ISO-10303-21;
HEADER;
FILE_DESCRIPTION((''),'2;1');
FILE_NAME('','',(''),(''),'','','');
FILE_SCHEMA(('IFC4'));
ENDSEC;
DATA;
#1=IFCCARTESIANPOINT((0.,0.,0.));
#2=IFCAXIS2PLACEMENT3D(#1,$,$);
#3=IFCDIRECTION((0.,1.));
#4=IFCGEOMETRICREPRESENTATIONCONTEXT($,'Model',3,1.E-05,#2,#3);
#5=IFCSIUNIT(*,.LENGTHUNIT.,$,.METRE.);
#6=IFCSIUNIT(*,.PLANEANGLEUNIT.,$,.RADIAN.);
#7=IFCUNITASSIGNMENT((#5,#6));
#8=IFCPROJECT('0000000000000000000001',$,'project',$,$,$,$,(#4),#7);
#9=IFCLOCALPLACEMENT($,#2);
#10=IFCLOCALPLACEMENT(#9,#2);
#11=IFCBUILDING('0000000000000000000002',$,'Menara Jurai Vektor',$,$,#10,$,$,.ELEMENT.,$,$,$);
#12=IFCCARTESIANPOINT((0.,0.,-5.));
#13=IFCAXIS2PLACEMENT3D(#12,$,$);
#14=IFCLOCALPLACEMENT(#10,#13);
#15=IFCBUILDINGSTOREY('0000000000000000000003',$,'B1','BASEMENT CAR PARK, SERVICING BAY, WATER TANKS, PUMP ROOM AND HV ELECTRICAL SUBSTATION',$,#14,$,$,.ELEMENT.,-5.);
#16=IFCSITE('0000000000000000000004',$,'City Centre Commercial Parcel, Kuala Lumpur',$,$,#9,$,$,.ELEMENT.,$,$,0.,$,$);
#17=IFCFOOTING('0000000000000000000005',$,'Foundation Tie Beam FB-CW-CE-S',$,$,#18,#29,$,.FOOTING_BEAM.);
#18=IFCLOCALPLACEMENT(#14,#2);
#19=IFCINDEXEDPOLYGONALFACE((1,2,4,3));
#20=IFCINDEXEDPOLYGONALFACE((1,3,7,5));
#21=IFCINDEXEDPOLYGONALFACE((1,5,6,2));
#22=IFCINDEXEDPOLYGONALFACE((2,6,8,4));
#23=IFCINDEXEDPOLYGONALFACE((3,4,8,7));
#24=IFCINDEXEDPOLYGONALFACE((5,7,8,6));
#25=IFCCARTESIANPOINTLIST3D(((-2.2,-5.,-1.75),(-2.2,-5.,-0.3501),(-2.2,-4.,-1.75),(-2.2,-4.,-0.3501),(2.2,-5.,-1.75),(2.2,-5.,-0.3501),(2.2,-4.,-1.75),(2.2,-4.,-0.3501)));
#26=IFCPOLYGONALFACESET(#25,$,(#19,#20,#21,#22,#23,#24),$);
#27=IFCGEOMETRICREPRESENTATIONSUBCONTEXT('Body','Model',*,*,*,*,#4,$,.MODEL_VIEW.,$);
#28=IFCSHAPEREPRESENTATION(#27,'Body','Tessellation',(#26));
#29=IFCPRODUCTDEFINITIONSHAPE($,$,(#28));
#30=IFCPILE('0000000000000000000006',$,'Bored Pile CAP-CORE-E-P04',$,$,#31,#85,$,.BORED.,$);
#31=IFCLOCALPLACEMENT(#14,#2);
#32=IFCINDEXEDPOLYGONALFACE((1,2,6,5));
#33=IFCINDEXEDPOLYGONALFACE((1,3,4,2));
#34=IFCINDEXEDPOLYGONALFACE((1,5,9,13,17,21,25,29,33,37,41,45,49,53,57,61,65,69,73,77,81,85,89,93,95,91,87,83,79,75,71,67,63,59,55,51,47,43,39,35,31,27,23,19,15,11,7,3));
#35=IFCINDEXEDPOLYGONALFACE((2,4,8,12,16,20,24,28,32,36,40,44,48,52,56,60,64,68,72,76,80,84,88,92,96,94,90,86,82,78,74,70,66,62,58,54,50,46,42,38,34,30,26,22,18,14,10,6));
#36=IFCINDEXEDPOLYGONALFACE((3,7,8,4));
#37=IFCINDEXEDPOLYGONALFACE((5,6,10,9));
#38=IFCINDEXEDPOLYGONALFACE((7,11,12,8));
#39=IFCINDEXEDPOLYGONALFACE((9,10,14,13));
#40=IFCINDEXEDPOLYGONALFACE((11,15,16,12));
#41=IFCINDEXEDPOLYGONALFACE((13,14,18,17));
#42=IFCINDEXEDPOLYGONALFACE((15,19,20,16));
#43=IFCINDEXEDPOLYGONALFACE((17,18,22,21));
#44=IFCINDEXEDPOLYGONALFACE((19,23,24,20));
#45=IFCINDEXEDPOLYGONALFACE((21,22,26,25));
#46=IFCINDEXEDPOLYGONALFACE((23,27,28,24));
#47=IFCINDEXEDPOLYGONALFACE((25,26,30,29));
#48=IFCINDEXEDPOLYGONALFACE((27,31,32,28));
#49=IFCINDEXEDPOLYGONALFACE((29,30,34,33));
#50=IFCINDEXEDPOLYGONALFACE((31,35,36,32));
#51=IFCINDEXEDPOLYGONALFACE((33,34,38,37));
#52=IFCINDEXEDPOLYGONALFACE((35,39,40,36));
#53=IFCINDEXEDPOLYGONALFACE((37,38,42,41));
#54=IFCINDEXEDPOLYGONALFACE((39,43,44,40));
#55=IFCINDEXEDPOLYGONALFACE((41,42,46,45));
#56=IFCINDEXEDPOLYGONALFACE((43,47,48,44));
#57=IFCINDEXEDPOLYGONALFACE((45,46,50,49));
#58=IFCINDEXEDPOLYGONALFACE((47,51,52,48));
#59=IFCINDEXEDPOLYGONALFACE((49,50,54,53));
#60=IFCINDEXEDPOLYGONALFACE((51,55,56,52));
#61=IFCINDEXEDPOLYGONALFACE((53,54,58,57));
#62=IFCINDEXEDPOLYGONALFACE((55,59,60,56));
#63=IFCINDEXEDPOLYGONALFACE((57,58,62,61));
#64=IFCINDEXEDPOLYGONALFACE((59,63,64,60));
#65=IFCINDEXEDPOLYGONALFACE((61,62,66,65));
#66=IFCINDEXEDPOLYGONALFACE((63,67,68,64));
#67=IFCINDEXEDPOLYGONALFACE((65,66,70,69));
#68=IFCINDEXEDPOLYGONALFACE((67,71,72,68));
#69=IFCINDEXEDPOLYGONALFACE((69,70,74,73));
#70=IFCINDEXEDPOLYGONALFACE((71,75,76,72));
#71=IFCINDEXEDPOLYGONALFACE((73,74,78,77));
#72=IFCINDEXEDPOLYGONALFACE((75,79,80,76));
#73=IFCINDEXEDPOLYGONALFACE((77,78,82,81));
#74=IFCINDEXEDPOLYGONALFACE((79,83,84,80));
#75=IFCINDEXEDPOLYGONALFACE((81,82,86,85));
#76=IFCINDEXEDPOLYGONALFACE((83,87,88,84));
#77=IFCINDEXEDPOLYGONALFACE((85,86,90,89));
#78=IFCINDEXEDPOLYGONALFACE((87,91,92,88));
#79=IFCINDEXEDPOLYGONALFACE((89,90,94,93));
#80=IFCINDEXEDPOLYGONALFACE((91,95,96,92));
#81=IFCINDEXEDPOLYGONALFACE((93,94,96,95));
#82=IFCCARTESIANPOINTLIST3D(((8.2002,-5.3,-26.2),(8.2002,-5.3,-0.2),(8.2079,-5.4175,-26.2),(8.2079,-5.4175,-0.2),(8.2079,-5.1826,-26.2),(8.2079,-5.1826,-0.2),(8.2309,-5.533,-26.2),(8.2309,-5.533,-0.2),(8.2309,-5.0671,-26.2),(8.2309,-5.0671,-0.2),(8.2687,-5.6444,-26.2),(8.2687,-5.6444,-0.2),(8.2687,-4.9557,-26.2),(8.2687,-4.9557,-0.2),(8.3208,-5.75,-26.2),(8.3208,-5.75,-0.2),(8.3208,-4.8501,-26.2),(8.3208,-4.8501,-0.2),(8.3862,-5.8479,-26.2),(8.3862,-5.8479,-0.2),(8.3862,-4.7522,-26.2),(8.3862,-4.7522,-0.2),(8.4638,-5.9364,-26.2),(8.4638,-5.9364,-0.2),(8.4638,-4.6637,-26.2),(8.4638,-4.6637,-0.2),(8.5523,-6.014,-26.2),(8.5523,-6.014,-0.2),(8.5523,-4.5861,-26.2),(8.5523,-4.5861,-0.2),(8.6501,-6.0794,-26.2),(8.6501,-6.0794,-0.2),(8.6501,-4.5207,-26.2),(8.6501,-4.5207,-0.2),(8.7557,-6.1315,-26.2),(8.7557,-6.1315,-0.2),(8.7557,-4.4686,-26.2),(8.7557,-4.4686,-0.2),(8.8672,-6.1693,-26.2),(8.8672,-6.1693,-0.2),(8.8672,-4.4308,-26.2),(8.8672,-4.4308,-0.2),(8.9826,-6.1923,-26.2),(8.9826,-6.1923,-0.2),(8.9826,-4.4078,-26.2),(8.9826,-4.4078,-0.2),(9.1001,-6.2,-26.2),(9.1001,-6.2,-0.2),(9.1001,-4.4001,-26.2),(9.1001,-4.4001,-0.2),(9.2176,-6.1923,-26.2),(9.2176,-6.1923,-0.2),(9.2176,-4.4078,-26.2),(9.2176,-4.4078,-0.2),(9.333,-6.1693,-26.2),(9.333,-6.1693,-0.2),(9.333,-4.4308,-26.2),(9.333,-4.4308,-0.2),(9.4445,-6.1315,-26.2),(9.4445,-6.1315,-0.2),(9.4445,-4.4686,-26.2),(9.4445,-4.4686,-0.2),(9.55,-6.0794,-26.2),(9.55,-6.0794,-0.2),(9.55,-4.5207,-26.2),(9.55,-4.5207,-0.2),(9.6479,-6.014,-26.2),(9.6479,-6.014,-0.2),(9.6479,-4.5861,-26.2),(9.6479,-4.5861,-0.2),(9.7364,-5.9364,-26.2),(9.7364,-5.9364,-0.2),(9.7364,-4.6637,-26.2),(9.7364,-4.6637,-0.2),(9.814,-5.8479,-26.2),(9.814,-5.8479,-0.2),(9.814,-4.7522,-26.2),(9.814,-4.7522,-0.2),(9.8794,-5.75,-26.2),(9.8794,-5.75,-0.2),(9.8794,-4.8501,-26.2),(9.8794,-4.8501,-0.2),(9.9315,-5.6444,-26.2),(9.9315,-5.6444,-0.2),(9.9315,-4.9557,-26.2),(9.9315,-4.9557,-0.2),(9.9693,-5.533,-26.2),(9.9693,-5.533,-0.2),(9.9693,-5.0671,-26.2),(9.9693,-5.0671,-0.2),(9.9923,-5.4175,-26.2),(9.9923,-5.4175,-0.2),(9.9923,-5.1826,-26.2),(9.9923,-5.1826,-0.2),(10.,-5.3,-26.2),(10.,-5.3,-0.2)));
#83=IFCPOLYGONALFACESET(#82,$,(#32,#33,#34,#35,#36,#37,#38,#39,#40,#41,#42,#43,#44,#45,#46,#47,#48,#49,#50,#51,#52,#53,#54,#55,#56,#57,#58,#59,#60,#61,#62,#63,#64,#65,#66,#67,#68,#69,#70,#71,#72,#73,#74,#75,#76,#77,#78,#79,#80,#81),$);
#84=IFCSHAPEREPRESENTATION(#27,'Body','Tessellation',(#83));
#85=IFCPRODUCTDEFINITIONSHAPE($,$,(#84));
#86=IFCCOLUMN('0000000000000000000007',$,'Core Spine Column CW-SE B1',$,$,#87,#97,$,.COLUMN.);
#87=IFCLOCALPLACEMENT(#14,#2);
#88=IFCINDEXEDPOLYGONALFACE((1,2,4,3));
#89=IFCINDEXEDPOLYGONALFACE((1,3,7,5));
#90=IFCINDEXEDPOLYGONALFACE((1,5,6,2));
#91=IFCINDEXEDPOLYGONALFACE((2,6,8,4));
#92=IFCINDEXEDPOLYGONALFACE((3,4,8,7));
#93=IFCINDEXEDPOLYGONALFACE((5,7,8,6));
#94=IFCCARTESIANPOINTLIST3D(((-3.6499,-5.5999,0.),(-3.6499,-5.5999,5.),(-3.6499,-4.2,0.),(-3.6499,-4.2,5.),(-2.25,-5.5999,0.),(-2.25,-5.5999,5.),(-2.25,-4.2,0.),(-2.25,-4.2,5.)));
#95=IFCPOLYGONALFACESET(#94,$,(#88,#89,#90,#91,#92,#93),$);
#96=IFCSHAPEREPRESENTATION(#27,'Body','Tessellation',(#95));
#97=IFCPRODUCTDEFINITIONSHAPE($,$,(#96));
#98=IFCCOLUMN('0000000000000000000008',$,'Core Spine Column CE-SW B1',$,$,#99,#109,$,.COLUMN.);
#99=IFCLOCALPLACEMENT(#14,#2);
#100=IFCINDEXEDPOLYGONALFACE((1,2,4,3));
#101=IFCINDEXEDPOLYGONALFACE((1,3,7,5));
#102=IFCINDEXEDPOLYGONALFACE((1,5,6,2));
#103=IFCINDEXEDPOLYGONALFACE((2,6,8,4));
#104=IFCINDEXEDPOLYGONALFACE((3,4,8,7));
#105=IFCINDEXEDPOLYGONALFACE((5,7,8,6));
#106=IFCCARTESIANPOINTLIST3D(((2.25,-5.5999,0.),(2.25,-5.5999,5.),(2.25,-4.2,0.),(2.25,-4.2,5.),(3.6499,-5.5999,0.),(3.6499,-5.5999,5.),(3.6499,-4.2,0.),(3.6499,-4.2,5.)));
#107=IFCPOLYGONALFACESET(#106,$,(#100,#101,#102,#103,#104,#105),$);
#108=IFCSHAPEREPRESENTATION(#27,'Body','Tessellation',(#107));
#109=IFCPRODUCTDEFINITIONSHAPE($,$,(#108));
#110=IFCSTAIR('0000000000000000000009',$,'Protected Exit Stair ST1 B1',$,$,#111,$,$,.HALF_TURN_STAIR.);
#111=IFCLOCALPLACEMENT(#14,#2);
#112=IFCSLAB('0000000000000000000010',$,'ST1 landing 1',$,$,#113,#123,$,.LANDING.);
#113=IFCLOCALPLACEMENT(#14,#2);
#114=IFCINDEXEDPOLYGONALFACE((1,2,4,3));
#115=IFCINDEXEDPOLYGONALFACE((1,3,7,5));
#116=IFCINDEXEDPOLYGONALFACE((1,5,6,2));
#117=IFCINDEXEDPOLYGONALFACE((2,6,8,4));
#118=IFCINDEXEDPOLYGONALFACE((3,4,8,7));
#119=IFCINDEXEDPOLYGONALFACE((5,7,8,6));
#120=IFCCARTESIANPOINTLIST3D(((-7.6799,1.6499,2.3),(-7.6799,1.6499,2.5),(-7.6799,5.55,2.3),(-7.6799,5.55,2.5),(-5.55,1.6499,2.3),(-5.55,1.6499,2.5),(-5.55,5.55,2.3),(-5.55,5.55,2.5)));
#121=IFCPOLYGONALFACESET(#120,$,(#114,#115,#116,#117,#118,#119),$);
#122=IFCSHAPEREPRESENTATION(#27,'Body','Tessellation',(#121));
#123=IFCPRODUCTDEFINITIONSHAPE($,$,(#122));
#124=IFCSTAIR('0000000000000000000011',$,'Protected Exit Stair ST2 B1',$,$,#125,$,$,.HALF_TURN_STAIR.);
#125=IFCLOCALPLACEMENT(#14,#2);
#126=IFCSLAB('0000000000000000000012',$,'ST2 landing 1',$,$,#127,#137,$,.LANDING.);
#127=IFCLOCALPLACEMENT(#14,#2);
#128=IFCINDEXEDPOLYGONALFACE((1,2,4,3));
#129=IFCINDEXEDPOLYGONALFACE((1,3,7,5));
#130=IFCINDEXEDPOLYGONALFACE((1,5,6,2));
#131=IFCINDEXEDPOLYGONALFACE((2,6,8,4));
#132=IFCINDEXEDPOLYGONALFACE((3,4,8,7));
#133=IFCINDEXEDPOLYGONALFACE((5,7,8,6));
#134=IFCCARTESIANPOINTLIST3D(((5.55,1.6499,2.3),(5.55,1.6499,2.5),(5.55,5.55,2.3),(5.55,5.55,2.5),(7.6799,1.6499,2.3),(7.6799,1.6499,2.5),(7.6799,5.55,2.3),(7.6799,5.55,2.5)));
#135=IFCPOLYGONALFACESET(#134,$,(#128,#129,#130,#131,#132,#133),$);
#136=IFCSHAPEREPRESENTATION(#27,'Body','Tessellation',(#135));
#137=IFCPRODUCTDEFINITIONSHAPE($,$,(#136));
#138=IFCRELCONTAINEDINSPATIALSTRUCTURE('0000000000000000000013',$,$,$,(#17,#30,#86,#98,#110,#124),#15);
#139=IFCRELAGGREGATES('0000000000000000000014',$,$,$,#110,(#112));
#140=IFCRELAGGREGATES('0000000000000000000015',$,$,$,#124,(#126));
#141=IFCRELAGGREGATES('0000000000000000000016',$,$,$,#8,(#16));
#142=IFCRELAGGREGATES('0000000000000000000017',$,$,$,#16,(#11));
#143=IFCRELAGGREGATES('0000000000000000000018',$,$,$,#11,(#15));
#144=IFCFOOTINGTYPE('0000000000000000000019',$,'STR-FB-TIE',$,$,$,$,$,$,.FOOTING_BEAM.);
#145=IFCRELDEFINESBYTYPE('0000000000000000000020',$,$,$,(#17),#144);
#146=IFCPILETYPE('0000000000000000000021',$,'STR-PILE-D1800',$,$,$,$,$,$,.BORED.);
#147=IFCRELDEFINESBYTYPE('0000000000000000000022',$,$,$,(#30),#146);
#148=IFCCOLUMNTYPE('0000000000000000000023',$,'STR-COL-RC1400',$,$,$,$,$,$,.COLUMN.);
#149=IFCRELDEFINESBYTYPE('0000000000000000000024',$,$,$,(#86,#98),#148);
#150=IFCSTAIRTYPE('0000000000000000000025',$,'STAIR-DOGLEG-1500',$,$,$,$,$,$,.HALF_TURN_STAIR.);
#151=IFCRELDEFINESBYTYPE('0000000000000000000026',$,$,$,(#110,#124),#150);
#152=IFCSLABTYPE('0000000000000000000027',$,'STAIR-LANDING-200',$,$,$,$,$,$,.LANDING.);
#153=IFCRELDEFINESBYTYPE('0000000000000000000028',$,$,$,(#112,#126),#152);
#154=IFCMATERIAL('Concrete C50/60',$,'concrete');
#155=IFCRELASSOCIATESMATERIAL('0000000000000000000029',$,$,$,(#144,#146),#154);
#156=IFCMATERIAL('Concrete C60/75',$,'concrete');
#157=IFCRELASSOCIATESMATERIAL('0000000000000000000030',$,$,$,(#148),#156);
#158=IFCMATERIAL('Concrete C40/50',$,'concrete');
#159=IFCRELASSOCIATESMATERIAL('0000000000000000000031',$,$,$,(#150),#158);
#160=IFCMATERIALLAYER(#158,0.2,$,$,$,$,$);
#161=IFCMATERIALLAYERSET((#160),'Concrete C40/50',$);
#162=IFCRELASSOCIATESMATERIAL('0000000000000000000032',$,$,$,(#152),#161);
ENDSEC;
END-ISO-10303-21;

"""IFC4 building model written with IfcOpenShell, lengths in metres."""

from ifc_helpers import new_model, si_unit, direction, frame, origin, origin_2d, place, context, subcontext, project, spatial, polyline, rectangle, circle, outline, extrude, material, layer, layer_set, material_profile, profile_set, type_object, element, aggregate, save


model = new_model("IFC4")

# Units and contexts
model_context = context("Model", 3, precision=1e-05, world=origin(), true_north=direction((0.0, 1.0)))
body_context = subcontext(model_context, "Body", "Model", "MODEL_VIEW")
ifc_project = project(units=[si_unit("LENGTHUNIT", "METRE"), si_unit("PLANEANGLEUNIT", "RADIAN")], contexts=[model_context])

# Site, building, storey
site_placement = place(None, origin())
site = spatial("IfcSite", under=ifc_project, at=site_placement, Name="City Centre Commercial Parcel, Kuala Lumpur", CompositionType="ELEMENT", RefElevation=0.0)
building_placement = place(site_placement, origin())
building = spatial("IfcBuilding", under=site, at=building_placement, Name="Menara Jurai Vektor", CompositionType="ELEMENT")
storey_placement = place(building_placement, frame((0.0, 0.0, -5.0)))
storey = spatial("IfcBuildingStorey", under=building, at=storey_placement, Name="B1", Description="BASEMENT CAR PARK, SERVICING BAY, WATER TANKS, PUMP ROOM AND HV ELECTRICAL SUBSTATION", CompositionType="ELEMENT", Elevation=-5.0)

# Footing
ifc_material_1 = material(Name="Concrete C50/60", Category="concrete")
ifc_material_profile_1 = material_profile(ifc_material_1, rectangle(XDim=1.0, YDim=1.3999, at=origin_2d()), Name="RC 1000x1400")
ifc_profile_set_1 = profile_set([ifc_material_profile_1], Name="Concrete C50/60")
footing_type = type_object("IfcFootingType", Name="STR-FB-TIE", PredefinedType="FOOTING_BEAM", material=ifc_profile_set_1)
footing_placement = place(storey_placement, frame((-2.2, -4.5, -1.05), z_axis=(1.0, 0.0, 0.0), x_axis=(0.0, 1.0, 0.0)))
element("IfcFooting", 1, at=footing_placement, inside=storey, type_object=footing_type, Name="Foundation Tie Beam FB-CW-CE-S", PredefinedType="FOOTING_BEAM", context=body_context, shape_type="SweptSolid", body=[
    extrude(rectangle(XDim=1.0, YDim=1.3999, at=origin_2d()), origin(), (0.0, 0.0, 1.0), 4.3999),
])

# Pile
ifc_material_profile_2 = material_profile(ifc_material_1, circle(Radius=0.8999, at=origin_2d()), Name="PILE D1800")
ifc_profile_set_2 = profile_set([ifc_material_profile_2], Name="Concrete C50/60")
pile_type = type_object("IfcPileType", Name="STR-PILE-D1800", PredefinedType="BORED", material=ifc_profile_set_2)
pile_placement = place(storey_placement, frame((9.1001, -5.3, -0.2), z_axis=(0.0, 0.0, -1.0), x_axis=(1.0, 0.0, 0.0)))
element("IfcPile", 2, at=pile_placement, inside=storey, type_object=pile_type, Name="Bored Pile CAP-CORE-E-P04", PredefinedType="BORED", context=body_context, shape_type="SweptSolid", body=[
    extrude(circle(Radius=0.8999, at=origin_2d()), origin(), (0.0, 0.0, 1.0), 26.0),
])

# Columns
ifc_material_2 = material(Name="Concrete C60/75", Category="concrete")
ifc_material_profile_3 = material_profile(ifc_material_2, rectangle(XDim=1.3999, YDim=1.3999, at=origin_2d()), Name="RC 1400x1400")
ifc_profile_set_3 = profile_set([ifc_material_profile_3], Name="Concrete C60/75")
column_type = type_object("IfcColumnType", Name="STR-COL-RC1400", PredefinedType="COLUMN", material=ifc_profile_set_3)
for number, where, z_axis, x_axis, name in (
    (3, (-2.95, -4.8999, 0.0), (0.0, 0.0, 1.0), (1.0, 0.0, 0.0), "Core Spine Column CW-SE B1"),
    (4, (2.95, -4.8999, 0.0), (0.0, 0.0, 1.0), (1.0, 0.0, 0.0), "Core Spine Column CE-SW B1"),
):
    element("IfcColumn", number, at=place(storey_placement, frame(where, z_axis=z_axis, x_axis=x_axis)), inside=storey, type_object=column_type, Name=name, PredefinedType="COLUMN", context=body_context, shape_type="SweptSolid", body=[
        extrude(rectangle(XDim=1.3999, YDim=1.3999, at=origin_2d()), origin(), (0.0, 0.0, 1.0), 5.0),
    ])

# Stairs, slabs
ifc_material_3 = material(Name="Concrete C40/50", Category="concrete")
stair_type = type_object("IfcStairType", Name="STAIR-DOGLEG-1500", PredefinedType="HALF_TURN_STAIR", material=ifc_material_3)
stair_1_placement = place(storey_placement, origin())
stair_1 = element("IfcStair", 5, at=stair_1_placement, inside=storey, type_object=stair_type, Name="Protected Exit Stair ST1 B1", PredefinedType="HALF_TURN_STAIR")
ifc_layer_1 = layer(ifc_material_3, 0.2)
ifc_layer_set_1 = layer_set([ifc_layer_1], Name="Concrete C40/50")
slab_type_1 = type_object("IfcSlabType", Name="STAIR-LANDING-200", PredefinedType="LANDING", material=ifc_layer_set_1)
slab_1_placement = place(storey_placement, frame((0.0, 0.0, 2.3)))
slab_1 = element("IfcSlab", 6, at=slab_1_placement, type_object=slab_type_1, Name="ST1 landing 1", PredefinedType="LANDING", context=body_context, shape_type="SweptSolid", body=[
    extrude(outline(polyline([(-7.6799, 1.6499), (-5.55, 1.6499), (-5.55, 5.55), (-7.6799, 5.55), (-7.6799, 1.6499)])), origin(), (0.0, 0.0, 1.0), 0.2),
])
aggregate(stair_1, [slab_1])
stair_2_placement = place(storey_placement, origin())
stair_2 = element("IfcStair", 7, at=stair_2_placement, inside=storey, type_object=stair_type, Name="Protected Exit Stair ST2 B1", PredefinedType="HALF_TURN_STAIR")
slab_2_placement = place(storey_placement, frame((0.0, 0.0, 2.3)))
slab_2 = element("IfcSlab", 8, at=slab_2_placement, type_object=slab_type_1, Name="ST2 landing 1", PredefinedType="LANDING", context=body_context, shape_type="SweptSolid", body=[
    extrude(outline(polyline([(5.55, 1.6499), (7.6799, 1.6499), (7.6799, 5.55), (5.55, 5.55), (5.55, 1.6499)])), origin(), (0.0, 0.0, 1.0), 0.2),
])
aggregate(stair_2, [slab_2])

save(model, "model.ifc")
